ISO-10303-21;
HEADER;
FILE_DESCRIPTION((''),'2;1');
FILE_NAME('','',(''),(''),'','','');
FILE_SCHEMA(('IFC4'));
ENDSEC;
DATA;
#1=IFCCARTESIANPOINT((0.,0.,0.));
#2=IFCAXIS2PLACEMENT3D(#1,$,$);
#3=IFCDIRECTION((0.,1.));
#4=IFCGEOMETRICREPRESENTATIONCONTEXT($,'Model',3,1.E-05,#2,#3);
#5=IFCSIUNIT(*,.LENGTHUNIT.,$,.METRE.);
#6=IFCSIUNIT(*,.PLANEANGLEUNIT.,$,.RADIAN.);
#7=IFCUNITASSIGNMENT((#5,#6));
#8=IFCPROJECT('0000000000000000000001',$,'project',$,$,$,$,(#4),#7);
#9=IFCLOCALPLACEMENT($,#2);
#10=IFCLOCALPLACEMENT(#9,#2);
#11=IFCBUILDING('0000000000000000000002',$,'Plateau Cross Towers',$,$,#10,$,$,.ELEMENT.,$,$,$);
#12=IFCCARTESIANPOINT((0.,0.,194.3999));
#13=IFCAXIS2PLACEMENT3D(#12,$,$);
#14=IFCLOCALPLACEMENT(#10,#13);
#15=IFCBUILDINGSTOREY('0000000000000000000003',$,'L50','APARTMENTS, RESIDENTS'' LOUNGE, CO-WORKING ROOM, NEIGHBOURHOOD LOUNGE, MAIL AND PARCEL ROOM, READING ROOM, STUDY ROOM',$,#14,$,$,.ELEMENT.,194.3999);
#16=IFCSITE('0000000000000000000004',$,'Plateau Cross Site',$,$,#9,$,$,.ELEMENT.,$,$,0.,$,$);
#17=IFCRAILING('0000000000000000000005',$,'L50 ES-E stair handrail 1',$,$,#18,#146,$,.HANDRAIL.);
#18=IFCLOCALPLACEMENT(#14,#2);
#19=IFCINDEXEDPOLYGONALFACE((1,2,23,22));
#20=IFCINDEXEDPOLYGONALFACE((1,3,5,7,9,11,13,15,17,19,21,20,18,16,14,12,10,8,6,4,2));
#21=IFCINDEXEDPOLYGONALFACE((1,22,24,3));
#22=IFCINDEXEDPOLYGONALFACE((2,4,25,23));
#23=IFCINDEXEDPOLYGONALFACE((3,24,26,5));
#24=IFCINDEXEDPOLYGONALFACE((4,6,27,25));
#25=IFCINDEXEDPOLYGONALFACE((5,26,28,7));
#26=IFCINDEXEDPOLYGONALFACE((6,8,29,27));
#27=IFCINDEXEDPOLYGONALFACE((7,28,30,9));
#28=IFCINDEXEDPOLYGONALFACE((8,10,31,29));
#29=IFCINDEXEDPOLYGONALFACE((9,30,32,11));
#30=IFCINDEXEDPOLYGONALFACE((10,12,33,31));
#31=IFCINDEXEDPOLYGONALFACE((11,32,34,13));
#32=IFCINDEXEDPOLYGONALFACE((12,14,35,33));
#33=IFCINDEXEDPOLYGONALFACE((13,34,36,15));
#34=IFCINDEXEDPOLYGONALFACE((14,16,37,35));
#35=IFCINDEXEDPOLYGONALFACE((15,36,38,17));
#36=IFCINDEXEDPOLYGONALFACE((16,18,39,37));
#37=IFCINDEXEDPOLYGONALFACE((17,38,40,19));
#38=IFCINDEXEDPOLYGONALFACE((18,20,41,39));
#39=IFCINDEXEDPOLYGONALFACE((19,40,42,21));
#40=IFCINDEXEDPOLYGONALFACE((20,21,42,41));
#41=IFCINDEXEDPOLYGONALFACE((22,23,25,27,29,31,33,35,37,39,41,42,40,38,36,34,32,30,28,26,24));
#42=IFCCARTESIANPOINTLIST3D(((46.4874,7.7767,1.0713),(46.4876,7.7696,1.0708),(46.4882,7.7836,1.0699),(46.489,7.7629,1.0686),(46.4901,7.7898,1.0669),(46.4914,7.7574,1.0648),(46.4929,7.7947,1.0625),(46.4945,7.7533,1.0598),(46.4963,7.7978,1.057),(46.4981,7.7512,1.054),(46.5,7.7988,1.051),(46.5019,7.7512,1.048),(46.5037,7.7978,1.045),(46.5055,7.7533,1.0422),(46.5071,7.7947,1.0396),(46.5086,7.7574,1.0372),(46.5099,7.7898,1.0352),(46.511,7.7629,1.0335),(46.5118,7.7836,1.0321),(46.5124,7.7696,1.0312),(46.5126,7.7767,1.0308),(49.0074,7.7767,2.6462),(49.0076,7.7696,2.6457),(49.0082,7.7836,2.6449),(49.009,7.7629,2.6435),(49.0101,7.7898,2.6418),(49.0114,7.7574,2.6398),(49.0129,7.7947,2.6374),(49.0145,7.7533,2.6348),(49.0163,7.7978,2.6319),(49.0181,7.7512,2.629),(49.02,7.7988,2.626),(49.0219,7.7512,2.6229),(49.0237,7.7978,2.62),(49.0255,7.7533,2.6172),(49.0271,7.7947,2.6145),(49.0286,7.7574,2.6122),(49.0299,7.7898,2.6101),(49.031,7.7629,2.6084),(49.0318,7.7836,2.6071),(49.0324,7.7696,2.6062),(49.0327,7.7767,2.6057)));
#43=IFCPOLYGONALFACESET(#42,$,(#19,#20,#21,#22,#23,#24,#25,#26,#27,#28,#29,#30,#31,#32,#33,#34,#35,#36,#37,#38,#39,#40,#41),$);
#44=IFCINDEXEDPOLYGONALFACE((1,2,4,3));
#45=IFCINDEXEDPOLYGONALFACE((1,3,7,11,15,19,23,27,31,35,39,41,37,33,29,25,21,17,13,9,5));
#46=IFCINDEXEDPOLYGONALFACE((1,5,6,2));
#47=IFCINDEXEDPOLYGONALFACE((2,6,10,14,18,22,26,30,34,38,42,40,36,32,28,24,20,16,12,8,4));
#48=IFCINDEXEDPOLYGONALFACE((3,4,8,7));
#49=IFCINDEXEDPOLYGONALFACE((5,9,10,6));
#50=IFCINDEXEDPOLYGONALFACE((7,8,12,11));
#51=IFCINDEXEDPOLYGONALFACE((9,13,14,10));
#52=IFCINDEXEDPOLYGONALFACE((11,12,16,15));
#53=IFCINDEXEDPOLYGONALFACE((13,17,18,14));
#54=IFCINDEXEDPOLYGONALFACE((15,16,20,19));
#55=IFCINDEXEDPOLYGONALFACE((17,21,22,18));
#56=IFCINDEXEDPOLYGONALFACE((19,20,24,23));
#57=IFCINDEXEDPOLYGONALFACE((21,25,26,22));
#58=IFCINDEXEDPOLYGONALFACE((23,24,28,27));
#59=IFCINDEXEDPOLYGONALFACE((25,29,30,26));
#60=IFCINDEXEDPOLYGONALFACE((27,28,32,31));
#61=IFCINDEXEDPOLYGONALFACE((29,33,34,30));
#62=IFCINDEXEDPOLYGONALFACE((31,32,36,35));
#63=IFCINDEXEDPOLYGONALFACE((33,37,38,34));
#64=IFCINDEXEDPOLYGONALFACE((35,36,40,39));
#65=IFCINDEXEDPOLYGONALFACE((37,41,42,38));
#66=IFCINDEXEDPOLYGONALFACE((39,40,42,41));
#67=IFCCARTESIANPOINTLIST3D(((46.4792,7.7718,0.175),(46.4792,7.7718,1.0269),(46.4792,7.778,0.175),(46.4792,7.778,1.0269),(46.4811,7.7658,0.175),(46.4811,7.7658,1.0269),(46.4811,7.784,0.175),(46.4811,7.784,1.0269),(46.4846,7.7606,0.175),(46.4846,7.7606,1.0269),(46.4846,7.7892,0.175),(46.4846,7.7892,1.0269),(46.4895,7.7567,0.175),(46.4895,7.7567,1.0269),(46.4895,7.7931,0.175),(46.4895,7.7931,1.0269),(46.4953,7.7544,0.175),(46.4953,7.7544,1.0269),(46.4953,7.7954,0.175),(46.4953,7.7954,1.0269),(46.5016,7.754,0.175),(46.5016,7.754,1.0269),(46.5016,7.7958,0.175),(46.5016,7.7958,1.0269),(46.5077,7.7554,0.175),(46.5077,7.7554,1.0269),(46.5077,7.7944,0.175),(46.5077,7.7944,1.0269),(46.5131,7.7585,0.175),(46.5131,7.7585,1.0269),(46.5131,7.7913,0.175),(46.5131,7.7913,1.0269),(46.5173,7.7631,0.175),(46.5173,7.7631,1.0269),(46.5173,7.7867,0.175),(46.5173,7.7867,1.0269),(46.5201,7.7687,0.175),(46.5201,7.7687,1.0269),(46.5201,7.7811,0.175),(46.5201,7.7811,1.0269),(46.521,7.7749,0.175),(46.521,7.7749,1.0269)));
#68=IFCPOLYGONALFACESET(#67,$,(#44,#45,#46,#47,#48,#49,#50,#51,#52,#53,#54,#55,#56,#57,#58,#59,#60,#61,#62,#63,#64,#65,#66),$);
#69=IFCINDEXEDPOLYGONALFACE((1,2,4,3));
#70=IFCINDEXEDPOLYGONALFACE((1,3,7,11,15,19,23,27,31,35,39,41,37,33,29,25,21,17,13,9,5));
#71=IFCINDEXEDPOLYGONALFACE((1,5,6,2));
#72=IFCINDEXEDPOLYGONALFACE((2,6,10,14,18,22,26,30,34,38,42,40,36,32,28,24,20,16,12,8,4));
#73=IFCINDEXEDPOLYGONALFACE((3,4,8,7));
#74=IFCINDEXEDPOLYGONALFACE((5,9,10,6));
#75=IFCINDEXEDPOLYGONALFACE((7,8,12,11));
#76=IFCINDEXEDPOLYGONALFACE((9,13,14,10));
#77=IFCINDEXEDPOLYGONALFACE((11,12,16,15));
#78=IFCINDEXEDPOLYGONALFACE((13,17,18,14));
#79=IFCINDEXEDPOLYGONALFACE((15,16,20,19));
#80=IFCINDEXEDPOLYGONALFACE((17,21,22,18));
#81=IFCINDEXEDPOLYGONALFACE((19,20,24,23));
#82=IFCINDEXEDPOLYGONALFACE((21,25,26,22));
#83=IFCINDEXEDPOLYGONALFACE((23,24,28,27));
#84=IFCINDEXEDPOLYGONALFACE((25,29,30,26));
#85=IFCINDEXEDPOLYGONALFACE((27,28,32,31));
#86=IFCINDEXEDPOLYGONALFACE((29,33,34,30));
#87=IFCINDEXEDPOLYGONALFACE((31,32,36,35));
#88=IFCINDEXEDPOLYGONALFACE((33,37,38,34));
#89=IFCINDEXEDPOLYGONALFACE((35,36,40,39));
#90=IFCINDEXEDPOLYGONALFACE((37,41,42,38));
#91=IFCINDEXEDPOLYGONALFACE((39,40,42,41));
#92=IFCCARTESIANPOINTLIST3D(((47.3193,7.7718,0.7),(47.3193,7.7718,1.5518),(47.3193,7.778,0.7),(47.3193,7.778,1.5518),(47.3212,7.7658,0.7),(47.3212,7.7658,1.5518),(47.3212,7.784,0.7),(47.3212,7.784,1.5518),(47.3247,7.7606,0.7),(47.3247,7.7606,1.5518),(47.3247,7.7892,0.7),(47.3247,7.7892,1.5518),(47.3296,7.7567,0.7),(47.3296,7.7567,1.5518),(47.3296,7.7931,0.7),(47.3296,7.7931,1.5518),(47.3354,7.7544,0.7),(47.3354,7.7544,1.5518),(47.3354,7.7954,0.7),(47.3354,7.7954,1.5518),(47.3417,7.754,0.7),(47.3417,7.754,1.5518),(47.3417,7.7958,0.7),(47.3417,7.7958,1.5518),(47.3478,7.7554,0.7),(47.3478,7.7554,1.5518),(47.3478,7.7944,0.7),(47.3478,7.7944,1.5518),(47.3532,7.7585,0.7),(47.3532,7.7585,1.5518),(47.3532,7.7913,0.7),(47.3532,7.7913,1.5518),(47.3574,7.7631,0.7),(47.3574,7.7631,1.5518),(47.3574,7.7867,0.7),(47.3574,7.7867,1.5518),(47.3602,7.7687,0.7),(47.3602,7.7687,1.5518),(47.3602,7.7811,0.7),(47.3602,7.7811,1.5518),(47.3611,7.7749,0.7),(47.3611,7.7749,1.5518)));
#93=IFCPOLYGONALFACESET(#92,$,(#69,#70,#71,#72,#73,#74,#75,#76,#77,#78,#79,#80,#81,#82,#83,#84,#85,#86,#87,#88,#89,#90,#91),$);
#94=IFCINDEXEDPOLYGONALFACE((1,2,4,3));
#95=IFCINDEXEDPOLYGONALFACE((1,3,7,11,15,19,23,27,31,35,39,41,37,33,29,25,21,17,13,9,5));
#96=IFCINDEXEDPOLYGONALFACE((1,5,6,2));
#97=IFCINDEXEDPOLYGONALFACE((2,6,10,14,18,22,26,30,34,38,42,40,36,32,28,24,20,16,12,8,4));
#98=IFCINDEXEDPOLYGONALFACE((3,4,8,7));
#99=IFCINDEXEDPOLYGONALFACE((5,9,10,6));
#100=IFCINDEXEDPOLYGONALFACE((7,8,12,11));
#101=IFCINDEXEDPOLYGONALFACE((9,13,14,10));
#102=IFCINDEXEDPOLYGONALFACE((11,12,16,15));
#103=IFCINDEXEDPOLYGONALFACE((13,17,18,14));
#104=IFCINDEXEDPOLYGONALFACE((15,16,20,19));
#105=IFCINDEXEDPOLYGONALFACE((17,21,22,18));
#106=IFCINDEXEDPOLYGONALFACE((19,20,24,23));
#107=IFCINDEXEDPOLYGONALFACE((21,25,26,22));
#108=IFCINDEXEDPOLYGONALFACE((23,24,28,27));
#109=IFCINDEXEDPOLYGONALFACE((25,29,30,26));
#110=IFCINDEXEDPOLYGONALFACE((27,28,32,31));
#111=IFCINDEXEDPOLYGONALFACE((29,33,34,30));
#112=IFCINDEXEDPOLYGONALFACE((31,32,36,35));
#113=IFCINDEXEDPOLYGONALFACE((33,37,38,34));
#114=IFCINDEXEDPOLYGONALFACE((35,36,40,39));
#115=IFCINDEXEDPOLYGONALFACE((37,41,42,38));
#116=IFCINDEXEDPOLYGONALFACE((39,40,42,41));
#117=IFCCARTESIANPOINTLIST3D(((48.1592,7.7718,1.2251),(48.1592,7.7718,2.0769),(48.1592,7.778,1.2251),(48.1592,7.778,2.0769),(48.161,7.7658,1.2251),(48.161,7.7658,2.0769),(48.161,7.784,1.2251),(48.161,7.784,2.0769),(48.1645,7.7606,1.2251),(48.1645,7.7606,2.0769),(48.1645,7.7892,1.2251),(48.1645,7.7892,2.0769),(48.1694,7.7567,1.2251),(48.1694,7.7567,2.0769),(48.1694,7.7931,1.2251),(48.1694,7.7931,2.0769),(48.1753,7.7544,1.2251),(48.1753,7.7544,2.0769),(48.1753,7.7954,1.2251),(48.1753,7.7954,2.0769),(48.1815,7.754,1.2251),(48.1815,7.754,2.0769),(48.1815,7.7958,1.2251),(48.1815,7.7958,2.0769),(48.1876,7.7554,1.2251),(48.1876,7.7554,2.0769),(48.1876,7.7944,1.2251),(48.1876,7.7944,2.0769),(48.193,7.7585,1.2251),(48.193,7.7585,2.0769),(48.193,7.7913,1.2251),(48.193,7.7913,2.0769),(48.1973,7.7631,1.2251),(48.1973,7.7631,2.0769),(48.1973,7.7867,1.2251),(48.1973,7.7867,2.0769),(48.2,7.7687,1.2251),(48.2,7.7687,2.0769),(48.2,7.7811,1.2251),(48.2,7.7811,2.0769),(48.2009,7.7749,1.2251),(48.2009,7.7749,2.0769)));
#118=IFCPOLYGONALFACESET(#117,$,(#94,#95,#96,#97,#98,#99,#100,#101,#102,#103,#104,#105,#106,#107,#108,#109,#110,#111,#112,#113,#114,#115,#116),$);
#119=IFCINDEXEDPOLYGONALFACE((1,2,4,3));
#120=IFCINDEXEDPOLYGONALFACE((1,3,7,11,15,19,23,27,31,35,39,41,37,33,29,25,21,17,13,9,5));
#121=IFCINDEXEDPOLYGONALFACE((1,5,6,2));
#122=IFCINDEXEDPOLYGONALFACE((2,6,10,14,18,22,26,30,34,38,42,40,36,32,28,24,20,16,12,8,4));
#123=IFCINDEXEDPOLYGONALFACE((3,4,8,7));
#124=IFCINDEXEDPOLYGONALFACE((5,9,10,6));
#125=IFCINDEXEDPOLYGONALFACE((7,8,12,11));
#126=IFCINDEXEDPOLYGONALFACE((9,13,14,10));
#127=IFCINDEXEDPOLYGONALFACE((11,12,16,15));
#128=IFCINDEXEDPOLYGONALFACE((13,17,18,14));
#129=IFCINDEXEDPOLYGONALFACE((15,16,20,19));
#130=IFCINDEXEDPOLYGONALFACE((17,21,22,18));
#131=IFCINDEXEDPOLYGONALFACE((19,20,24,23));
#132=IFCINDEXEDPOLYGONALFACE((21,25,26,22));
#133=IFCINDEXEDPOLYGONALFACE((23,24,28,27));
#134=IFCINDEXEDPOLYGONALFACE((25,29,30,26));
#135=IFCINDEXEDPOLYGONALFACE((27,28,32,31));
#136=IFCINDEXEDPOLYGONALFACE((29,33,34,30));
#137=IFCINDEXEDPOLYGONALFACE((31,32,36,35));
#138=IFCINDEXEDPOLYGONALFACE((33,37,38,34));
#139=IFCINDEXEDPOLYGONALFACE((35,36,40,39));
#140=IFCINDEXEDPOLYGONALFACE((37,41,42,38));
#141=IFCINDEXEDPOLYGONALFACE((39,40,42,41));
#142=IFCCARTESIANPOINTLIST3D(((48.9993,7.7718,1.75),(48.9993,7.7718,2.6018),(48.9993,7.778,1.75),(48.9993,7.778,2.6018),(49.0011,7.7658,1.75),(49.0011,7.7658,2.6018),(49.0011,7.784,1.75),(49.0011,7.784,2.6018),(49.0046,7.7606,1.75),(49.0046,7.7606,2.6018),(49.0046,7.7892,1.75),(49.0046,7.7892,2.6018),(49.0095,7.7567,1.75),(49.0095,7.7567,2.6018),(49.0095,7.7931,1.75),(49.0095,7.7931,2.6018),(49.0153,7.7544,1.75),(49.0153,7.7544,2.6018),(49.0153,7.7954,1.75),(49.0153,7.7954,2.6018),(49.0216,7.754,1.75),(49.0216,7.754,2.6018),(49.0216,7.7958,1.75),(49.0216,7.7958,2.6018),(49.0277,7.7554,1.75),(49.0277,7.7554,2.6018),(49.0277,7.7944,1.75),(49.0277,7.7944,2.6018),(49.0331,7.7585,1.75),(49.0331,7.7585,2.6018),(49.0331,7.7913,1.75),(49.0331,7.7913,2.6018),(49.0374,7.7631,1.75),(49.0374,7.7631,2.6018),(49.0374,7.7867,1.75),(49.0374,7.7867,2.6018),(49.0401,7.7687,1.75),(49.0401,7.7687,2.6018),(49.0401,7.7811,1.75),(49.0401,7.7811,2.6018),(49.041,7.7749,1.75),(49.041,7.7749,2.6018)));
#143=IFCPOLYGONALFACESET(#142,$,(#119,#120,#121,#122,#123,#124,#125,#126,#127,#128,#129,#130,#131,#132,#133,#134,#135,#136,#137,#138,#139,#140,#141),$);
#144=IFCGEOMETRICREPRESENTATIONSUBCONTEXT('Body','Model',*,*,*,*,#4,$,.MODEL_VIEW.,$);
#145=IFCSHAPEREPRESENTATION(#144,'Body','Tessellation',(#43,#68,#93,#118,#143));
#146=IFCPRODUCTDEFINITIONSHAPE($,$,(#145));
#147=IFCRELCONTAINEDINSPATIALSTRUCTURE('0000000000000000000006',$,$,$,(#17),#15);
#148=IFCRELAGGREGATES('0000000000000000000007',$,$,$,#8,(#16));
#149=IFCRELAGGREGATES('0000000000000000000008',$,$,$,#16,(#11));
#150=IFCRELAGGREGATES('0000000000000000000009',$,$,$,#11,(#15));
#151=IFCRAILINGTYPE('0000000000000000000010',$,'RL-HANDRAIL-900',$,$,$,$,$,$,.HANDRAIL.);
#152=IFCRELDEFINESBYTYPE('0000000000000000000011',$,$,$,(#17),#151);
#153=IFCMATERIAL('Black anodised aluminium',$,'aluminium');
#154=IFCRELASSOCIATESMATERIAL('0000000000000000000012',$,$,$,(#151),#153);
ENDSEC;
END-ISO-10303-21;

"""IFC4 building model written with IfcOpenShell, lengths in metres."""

from ifc_helpers import new_model, si_unit, direction, frame, origin, origin_2d, place, context, subcontext, project, spatial, circle, extrude, material, type_object, element, save


model = new_model("IFC4")

# Units and contexts
model_context = context("Model", 3, precision=1e-05, world=origin(), true_north=direction((0.0, 1.0)))
body_context = subcontext(model_context, "Body", "Model", "MODEL_VIEW")
ifc_project = project(units=[si_unit("LENGTHUNIT", "METRE"), si_unit("PLANEANGLEUNIT", "RADIAN")], contexts=[model_context])

# Site, building, storey
site_placement = place(None, origin())
site = spatial("IfcSite", under=ifc_project, at=site_placement, Name="Plateau Cross Site", CompositionType="ELEMENT", RefElevation=0.0)
building_placement = place(site_placement, origin())
building = spatial("IfcBuilding", under=site, at=building_placement, Name="Plateau Cross Towers", CompositionType="ELEMENT")
storey_placement = place(building_placement, frame((0.0, 0.0, 194.3999)))
storey = spatial("IfcBuildingStorey", under=building, at=storey_placement, Name="L50", Description="APARTMENTS, RESIDENTS' LOUNGE, CO-WORKING ROOM, NEIGHBOURHOOD LOUNGE, MAIL AND PARCEL ROOM, READING ROOM, STUDY ROOM", CompositionType="ELEMENT", Elevation=194.3999)

# Shared definitions
ifc_material_1 = material(Name="Black anodised aluminium", Category="aluminium")

# Railing
railing_type_1 = type_object("IfcRailingType", Name="RL-HANDRAIL-900", PredefinedType="HANDRAIL", material=ifc_material_1)
railing_1_placement = place(storey_placement, frame((46.5, 7.7749, 0.175)))
element("IfcRailing", 1, at=railing_1_placement, inside=storey, type_object=railing_type_1, Name="L50 ES-E stair handrail 1", PredefinedType="HANDRAIL", context=body_context, shape_type="SweptSolid", body=[
    extrude(circle(Radius=0.0239, at=origin_2d()), frame((0.0, 0.0, 0.876), z_axis=(0.848008, 0.0, 0.529984), x_axis=(0.0, 1.0, 0.0)), (0.0, 0.0, 1.0), 2.9717),
    extrude(circle(Radius=0.021, at=origin_2d()), origin(), (0.0, 0.0, 1.0), 0.8518),
    extrude(circle(Radius=0.021, at=origin_2d()), frame((0.8401, 0.0, 0.5249)), (0.0, 0.0, 1.0), 0.8518),
    extrude(circle(Radius=0.021, at=origin_2d()), frame((1.6799, 0.0, 1.05)), (0.0, 0.0, 1.0), 0.8518),
    extrude(circle(Radius=0.021, at=origin_2d()), frame((2.52, 0.0, 1.575)), (0.0, 0.0, 1.0), 0.8518),
])

save(model, "model.ifc")
